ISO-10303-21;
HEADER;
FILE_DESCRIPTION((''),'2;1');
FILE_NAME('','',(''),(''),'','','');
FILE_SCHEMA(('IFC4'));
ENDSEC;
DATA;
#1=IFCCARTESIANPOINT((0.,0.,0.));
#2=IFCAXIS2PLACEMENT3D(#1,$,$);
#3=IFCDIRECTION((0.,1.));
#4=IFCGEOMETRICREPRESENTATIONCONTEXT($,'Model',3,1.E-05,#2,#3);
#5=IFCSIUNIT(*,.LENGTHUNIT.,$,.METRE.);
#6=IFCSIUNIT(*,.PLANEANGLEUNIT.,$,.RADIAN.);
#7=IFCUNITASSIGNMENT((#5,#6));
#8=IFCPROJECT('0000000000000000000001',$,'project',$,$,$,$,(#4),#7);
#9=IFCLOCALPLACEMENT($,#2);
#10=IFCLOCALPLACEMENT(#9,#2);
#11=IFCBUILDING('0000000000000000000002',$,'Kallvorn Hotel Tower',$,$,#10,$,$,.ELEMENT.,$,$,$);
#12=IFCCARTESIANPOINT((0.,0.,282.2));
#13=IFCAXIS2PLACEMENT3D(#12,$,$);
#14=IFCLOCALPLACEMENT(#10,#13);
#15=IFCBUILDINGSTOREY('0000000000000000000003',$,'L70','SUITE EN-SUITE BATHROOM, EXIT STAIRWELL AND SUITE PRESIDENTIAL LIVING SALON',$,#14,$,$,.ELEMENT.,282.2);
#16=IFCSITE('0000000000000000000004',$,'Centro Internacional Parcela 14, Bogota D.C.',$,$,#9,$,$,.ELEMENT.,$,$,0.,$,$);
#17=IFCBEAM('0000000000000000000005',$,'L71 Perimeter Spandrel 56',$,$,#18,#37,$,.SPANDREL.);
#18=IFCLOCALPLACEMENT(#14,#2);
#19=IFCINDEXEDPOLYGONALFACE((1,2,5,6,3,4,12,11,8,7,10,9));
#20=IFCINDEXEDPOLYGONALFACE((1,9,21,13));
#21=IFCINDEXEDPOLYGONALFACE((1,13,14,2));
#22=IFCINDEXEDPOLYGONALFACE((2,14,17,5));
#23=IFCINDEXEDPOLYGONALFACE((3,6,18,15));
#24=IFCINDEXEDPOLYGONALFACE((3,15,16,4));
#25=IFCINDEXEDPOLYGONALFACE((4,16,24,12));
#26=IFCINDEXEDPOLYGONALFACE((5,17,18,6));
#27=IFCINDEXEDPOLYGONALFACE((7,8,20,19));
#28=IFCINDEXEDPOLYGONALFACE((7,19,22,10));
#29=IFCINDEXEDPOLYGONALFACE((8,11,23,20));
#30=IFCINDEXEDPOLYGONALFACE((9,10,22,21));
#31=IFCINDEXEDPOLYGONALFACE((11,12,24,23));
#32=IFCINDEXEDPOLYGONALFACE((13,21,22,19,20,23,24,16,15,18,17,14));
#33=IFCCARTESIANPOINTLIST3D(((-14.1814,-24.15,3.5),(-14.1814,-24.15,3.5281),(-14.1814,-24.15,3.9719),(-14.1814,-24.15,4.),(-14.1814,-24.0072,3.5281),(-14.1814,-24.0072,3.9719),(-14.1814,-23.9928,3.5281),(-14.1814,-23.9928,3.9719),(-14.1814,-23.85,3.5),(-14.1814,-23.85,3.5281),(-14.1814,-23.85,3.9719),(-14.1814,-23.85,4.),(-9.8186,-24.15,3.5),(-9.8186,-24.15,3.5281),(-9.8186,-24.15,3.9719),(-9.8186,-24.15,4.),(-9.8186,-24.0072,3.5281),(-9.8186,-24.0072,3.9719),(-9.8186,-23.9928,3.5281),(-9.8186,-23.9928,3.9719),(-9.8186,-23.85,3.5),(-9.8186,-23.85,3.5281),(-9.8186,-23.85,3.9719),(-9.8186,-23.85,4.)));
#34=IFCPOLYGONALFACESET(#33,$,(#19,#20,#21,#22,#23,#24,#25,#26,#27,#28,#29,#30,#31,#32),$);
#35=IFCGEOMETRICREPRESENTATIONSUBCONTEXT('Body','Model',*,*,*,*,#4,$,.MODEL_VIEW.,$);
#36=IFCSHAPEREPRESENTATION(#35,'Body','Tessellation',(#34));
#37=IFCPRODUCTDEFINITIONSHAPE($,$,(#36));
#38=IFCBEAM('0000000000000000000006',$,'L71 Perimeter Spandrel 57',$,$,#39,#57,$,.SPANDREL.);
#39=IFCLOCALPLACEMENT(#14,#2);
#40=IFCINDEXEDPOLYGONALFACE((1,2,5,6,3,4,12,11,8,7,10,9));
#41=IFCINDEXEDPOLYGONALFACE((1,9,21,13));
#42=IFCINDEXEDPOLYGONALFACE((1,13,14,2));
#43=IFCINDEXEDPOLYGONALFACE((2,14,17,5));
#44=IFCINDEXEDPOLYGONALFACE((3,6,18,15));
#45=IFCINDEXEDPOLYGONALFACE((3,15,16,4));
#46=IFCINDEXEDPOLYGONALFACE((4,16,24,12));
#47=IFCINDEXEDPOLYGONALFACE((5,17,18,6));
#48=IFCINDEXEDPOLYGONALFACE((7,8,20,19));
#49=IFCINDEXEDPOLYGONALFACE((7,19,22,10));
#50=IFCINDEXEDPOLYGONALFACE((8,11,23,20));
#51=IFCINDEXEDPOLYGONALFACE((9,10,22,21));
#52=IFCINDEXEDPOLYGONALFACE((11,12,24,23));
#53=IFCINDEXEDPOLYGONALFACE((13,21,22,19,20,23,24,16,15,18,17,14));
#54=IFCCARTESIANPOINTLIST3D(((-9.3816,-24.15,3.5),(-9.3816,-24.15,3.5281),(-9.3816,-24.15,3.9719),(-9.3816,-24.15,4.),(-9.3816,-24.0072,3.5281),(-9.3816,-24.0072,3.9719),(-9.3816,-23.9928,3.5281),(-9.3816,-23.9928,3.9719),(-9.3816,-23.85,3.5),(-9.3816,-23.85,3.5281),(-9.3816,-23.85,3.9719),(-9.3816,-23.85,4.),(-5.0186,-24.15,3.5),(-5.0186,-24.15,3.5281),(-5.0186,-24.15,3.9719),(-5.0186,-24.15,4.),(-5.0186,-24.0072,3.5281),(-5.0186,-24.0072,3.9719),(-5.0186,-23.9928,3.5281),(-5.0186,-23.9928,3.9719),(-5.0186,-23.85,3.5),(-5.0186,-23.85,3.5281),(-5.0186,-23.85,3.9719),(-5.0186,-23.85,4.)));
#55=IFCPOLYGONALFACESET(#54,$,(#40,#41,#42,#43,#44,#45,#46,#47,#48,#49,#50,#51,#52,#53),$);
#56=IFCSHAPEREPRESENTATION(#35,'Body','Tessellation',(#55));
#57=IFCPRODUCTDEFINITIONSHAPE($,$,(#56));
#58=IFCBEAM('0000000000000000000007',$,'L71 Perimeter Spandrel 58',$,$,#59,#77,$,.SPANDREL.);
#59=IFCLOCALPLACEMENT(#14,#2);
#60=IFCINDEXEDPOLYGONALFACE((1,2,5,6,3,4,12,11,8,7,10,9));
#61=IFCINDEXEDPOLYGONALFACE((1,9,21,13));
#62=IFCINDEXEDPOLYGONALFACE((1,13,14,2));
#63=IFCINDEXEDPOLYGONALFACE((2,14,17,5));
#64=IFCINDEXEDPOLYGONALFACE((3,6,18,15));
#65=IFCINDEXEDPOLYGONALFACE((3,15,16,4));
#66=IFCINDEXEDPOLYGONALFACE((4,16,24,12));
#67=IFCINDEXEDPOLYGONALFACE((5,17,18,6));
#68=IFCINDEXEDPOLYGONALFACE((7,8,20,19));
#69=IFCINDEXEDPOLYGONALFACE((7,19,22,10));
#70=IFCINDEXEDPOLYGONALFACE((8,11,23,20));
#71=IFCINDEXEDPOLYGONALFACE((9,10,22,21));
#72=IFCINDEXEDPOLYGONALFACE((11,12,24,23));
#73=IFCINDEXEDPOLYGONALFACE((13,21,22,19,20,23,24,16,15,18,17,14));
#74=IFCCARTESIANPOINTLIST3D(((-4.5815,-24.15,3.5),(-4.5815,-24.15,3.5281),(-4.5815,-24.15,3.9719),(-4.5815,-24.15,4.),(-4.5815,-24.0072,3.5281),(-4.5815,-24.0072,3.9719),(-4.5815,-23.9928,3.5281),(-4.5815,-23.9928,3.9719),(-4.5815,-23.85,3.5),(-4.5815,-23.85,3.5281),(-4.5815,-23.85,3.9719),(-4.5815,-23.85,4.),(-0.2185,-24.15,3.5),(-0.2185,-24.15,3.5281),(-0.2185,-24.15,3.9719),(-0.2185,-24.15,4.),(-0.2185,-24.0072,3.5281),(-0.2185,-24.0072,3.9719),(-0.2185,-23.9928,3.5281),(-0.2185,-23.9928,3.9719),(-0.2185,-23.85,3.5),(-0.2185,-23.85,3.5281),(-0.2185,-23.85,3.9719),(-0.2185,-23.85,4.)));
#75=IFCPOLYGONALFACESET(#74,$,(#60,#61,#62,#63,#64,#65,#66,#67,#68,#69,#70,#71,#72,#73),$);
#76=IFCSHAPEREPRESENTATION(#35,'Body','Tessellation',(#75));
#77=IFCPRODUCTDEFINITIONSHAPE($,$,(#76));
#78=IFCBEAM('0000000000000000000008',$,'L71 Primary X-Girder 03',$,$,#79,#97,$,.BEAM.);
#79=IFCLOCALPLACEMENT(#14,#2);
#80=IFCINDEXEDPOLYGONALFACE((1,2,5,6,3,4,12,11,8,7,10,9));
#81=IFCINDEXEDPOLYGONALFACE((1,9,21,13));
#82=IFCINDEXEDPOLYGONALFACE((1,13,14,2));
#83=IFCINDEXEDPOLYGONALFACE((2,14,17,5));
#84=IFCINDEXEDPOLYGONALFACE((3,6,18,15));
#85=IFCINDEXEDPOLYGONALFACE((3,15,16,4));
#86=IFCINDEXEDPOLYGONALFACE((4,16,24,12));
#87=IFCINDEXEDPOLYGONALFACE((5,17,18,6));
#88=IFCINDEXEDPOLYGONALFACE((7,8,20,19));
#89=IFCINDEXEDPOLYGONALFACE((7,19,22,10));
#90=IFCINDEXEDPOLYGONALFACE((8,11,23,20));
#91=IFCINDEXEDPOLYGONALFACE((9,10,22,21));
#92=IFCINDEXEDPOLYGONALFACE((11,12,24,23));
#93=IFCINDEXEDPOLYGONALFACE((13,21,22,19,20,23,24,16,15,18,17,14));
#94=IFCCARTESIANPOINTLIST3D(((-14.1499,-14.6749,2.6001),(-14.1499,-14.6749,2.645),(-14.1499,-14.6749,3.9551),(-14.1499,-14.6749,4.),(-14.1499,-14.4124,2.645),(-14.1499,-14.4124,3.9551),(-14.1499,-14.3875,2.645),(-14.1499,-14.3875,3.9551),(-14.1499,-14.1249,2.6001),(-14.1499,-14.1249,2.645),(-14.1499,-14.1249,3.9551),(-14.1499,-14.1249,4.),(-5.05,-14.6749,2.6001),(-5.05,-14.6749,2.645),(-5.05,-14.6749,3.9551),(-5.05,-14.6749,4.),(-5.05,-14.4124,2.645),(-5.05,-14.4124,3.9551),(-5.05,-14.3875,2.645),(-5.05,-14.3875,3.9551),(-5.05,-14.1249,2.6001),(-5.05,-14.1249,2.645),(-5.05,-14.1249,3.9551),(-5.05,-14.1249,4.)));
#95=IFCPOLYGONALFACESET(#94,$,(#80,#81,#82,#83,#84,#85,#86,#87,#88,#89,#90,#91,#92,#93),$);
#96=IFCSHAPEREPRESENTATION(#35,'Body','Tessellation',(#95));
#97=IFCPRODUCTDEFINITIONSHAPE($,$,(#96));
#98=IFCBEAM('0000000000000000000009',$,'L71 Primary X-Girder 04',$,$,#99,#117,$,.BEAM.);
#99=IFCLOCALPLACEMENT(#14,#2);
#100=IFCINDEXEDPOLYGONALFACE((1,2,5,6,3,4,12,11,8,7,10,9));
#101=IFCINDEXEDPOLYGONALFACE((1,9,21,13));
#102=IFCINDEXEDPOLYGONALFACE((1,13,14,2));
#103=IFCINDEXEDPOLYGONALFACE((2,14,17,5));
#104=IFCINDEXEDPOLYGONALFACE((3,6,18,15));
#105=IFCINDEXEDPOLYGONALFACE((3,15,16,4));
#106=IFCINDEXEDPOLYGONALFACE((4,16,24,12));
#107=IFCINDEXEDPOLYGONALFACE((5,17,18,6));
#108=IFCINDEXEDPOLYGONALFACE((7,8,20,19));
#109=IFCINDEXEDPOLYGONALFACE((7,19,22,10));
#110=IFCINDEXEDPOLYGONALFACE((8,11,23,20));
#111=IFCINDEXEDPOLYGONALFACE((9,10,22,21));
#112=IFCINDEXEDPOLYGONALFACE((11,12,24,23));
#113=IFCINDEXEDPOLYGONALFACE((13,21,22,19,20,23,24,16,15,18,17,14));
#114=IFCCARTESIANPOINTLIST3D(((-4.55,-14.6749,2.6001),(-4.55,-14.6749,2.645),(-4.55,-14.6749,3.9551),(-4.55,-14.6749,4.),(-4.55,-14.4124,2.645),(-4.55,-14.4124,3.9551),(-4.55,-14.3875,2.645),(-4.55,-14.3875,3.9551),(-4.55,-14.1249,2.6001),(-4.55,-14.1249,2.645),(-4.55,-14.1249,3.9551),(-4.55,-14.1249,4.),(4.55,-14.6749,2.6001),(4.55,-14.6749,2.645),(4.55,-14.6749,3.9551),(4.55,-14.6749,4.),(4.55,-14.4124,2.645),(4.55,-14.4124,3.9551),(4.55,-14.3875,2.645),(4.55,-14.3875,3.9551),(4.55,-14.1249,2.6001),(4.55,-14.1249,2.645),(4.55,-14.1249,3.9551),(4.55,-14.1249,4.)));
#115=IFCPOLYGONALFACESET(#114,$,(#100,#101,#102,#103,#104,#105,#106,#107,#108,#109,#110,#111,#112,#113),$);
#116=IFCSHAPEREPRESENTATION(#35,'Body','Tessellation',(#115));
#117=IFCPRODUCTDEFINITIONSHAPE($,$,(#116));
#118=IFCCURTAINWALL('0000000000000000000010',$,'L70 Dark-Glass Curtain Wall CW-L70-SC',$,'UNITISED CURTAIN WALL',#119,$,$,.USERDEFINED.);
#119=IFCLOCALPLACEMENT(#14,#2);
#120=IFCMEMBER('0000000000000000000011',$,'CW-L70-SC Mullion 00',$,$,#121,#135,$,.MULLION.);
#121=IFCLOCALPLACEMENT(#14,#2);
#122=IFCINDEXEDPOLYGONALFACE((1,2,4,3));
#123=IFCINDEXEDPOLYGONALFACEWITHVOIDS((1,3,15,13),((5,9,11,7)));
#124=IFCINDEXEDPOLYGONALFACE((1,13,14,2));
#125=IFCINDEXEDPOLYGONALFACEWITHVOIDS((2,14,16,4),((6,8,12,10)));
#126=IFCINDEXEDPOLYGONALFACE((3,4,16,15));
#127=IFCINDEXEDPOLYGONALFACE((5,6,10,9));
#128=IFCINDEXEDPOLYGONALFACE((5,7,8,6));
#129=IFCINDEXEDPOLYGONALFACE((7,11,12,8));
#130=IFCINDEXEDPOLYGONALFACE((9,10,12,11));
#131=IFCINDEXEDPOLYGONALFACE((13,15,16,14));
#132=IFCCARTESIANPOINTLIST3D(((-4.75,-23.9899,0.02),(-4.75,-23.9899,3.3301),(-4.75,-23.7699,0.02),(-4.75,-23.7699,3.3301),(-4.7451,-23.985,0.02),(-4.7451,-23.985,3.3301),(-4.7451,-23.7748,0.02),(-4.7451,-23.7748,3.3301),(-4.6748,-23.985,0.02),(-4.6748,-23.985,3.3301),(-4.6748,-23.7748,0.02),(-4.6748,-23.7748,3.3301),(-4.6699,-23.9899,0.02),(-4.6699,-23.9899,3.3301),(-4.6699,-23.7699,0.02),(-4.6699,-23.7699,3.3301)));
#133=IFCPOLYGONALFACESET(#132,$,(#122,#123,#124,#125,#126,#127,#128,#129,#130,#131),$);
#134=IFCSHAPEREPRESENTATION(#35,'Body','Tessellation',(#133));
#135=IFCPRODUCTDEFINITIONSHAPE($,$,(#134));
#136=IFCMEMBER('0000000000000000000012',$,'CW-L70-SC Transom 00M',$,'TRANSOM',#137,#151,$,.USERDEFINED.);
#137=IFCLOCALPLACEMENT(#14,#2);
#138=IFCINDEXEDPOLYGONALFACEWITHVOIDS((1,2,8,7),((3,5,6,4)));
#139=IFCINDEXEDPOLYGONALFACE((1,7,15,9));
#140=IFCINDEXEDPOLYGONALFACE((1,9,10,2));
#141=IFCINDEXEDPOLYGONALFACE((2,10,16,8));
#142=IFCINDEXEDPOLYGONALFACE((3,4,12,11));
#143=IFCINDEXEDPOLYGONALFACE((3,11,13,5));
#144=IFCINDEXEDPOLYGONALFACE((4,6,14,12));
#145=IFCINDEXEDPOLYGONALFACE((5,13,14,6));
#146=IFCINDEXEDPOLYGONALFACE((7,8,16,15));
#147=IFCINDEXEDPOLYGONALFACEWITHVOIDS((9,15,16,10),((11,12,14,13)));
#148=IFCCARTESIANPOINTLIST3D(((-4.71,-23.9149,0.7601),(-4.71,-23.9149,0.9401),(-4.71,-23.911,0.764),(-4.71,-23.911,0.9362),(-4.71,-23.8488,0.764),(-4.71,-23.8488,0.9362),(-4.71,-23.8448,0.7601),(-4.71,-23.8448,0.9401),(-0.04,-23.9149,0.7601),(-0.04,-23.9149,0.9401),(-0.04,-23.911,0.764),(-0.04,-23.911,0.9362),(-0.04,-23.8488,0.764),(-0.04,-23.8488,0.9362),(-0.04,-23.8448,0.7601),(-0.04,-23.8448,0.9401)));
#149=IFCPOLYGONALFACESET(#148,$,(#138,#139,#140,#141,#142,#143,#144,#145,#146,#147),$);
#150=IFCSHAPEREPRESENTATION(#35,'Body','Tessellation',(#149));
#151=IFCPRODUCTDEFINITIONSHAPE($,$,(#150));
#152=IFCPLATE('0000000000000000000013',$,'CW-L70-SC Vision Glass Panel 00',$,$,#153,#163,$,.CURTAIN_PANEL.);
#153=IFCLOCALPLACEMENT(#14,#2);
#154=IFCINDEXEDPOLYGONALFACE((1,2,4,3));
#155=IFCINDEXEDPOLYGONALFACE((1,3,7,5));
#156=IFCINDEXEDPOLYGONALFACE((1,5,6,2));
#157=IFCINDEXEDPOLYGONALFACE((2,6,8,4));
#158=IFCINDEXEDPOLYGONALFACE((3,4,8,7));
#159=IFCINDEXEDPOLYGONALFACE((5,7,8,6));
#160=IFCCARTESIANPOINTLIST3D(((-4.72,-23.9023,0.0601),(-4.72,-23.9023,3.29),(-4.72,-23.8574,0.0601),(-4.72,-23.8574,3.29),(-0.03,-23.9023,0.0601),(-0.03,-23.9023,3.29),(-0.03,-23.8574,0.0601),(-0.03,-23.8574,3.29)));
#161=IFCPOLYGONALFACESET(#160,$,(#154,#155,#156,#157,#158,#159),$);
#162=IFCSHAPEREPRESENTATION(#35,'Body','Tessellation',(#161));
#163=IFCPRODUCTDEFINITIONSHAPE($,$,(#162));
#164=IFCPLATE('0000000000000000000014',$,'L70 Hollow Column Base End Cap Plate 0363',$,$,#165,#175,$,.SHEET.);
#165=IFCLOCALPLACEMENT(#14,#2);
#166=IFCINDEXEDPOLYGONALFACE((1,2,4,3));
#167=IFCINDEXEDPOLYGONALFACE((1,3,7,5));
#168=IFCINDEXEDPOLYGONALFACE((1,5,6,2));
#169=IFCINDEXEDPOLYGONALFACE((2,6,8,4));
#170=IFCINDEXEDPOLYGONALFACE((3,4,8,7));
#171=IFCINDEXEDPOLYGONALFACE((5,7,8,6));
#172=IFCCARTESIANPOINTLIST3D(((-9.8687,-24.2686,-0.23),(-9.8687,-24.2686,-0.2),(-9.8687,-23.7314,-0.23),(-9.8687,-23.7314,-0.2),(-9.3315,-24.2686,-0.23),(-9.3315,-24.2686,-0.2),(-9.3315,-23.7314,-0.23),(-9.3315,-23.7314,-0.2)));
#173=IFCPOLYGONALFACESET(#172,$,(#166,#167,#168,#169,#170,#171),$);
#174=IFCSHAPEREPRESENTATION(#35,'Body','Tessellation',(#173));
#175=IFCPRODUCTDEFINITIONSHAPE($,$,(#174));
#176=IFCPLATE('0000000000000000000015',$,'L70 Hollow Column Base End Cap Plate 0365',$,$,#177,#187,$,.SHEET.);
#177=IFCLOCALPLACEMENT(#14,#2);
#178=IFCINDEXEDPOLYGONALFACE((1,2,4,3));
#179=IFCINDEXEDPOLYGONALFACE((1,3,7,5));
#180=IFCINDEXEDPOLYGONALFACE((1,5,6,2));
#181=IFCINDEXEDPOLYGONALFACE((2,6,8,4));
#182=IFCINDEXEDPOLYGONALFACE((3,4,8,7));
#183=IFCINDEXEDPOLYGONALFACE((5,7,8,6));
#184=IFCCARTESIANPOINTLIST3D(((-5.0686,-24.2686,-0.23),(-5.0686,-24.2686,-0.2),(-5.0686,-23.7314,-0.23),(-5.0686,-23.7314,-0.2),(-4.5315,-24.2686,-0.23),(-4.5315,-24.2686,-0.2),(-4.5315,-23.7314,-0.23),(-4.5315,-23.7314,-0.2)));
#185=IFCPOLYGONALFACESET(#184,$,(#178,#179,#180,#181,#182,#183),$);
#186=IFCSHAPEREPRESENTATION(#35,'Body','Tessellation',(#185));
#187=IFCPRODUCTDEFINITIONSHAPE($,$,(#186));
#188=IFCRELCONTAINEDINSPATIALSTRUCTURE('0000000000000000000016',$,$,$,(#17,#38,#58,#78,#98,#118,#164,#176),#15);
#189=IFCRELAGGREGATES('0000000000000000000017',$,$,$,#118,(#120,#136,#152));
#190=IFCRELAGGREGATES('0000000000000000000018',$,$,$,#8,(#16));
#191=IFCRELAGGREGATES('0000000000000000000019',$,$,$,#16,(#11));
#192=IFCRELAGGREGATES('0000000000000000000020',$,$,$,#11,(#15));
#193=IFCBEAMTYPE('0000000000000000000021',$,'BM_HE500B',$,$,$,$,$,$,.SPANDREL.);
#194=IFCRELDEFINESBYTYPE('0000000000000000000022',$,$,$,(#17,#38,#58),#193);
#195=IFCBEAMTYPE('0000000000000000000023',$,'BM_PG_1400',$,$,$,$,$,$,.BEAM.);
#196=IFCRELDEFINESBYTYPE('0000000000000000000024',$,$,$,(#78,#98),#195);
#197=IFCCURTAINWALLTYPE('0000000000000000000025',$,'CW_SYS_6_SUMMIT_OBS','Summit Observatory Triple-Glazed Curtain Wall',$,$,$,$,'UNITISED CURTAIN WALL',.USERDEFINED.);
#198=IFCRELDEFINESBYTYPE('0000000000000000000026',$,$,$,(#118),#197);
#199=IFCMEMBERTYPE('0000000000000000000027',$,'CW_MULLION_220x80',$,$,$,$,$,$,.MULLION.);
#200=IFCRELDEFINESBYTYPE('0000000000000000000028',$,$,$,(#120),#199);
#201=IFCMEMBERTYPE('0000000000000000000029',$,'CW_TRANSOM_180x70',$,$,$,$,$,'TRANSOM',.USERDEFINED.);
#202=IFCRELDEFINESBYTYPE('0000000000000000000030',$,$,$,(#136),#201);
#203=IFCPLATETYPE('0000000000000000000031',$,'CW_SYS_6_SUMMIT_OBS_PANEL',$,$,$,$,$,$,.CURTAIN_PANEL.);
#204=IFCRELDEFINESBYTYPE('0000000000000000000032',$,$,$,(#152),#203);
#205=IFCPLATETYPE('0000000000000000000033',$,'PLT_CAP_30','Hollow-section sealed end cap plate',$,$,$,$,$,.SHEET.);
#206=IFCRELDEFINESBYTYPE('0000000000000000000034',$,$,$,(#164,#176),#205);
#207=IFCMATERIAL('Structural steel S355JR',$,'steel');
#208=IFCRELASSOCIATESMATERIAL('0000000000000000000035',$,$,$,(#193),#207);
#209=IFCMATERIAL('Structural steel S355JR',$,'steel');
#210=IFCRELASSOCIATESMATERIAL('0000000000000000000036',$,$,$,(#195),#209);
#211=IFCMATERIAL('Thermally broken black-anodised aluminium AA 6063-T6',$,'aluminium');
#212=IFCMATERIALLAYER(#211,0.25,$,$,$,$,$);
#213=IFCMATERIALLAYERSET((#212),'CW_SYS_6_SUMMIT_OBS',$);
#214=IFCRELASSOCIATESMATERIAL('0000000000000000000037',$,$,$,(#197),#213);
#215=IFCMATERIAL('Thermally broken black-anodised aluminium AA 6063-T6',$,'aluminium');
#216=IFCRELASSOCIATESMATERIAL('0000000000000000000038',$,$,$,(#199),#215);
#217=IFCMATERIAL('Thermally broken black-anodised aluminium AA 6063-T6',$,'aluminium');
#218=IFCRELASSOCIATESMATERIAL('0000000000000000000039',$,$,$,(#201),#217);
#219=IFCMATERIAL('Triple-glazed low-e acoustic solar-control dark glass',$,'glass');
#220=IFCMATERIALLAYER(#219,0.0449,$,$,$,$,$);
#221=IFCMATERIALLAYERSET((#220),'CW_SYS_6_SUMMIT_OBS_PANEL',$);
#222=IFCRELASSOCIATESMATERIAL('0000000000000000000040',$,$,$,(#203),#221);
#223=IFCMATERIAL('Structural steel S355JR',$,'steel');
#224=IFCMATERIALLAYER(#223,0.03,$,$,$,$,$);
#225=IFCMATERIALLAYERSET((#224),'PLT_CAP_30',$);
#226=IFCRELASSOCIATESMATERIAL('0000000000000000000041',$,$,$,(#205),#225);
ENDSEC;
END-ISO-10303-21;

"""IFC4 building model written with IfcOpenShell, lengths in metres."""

from ifc_helpers import new_model, si_unit, direction, frame, origin, origin_2d, place, context, subcontext, project, spatial, rectangle, hollow_rectangle, i_section, extrude, material, layer, layer_set, material_profile, profile_set, type_object, element, aggregate, save


model = new_model("IFC4")

# Units and contexts
model_context = context("Model", 3, precision=1e-05, world=origin(), true_north=direction((0.0, 1.0)))
body_context = subcontext(model_context, "Body", "Model", "MODEL_VIEW")
ifc_project = project(units=[si_unit("LENGTHUNIT", "METRE"), si_unit("PLANEANGLEUNIT", "RADIAN")], contexts=[model_context])

# Site, building, storey
site_placement = place(None, origin())
site = spatial("IfcSite", under=ifc_project, at=site_placement, Name="Centro Internacional Parcela 14, Bogota D.C.", CompositionType="ELEMENT", RefElevation=0.0)
building_placement = place(site_placement, origin())
building = spatial("IfcBuilding", under=site, at=building_placement, Name="Kallvorn Hotel Tower", CompositionType="ELEMENT")
storey_placement = place(building_placement, frame((0.0, 0.0, 282.2)))
storey = spatial("IfcBuildingStorey", under=building, at=storey_placement, Name="L70", Description="SUITE EN-SUITE BATHROOM, EXIT STAIRWELL AND SUITE PRESIDENTIAL LIVING SALON", CompositionType="ELEMENT", Elevation=282.2)

# Beams
ifc_material_1 = material(Name="Structural steel S355JR", Category="steel")
ifc_material_profile_1 = material_profile(ifc_material_1, i_section(OverallWidth=0.3, OverallDepth=0.5, WebThickness=0.0144, FlangeThickness=0.0281, at=origin_2d()), Name="HE 500 B")
ifc_profile_set_1 = profile_set([ifc_material_profile_1], Name="Structural steel S355JR")
beam_type_1 = type_object("IfcBeamType", Name="BM_HE500B", PredefinedType="SPANDREL", material=ifc_profile_set_1)
beam_1_placement = place(storey_placement, frame((-14.1814, -24.0, 3.75), z_axis=(1.0, 0.0, 0.0), x_axis=(0.0, 1.0, 0.0)))
element("IfcBeam", 1, at=beam_1_placement, inside=storey, type_object=beam_type_1, Name="L71 Perimeter Spandrel 56", PredefinedType="SPANDREL", context=body_context, shape_type="SweptSolid", body=[
    extrude(i_section(OverallWidth=0.3, OverallDepth=0.5, WebThickness=0.0144, FlangeThickness=0.0281, at=origin_2d()), origin(), (0.0, 0.0, 1.0), 4.3628),
])
for number, where, z_axis, x_axis, name in (
    (2, (-9.3816, -24.0, 3.75), (1.0, 0.0, 0.0), (0.0, 1.0, 0.0), "L71 Perimeter Spandrel 57"),
    (3, (-4.5815, -24.0, 3.75), (1.0, 0.0, 0.0), (0.0, 1.0, 0.0), "L71 Perimeter Spandrel 58"),
):
    element("IfcBeam", number, at=place(storey_placement, frame(where, z_axis=z_axis, x_axis=x_axis)), inside=storey, type_object=beam_type_1, Name=name, PredefinedType="SPANDREL", context=body_context, shape_type="SweptSolid", body=[
        extrude(i_section(OverallWidth=0.3, OverallDepth=0.5, WebThickness=0.0144, FlangeThickness=0.0281, at=origin_2d()), origin(), (0.0, 0.0, 1.0), 4.363),
    ])
ifc_material_2 = material(Name="Structural steel S355JR", Category="steel")
ifc_material_profile_2 = material_profile(ifc_material_2, i_section(OverallWidth=0.55, OverallDepth=1.3999, WebThickness=0.0249, FlangeThickness=0.0449, at=origin_2d()), Name="PG 1400x550x25x45")
ifc_profile_set_2 = profile_set([ifc_material_profile_2], Name="Structural steel S355JR")
beam_type_2 = type_object("IfcBeamType", Name="BM_PG_1400", PredefinedType="BEAM", material=ifc_profile_set_2)
beam_2_placement = place(storey_placement, frame((-14.1499, -14.3999, 3.3), z_axis=(1.0, 0.0, 0.0), x_axis=(0.0, 1.0, 0.0)))
element("IfcBeam", 4, at=beam_2_placement, inside=storey, type_object=beam_type_2, Name="L71 Primary X-Girder 03", PredefinedType="BEAM", context=body_context, shape_type="SweptSolid", body=[
    extrude(i_section(OverallWidth=0.55, OverallDepth=1.3999, WebThickness=0.0249, FlangeThickness=0.0449, at=origin_2d()), origin(), (0.0, 0.0, 1.0), 9.0999),
])
beam_3_placement = place(storey_placement, frame((-4.55, -14.3999, 3.3), z_axis=(1.0, 0.0, 0.0), x_axis=(0.0, 1.0, 0.0)))
element("IfcBeam", 5, at=beam_3_placement, inside=storey, type_object=beam_type_2, Name="L71 Primary X-Girder 04", PredefinedType="BEAM", context=body_context, shape_type="SweptSolid", body=[
    extrude(i_section(OverallWidth=0.55, OverallDepth=1.3999, WebThickness=0.0249, FlangeThickness=0.0449, at=origin_2d()), origin(), (0.0, 0.0, 1.0), 9.1001),
])

# Curtain wall, members, plate
ifc_material_3 = material(Name="Thermally broken black-anodised aluminium AA 6063-T6", Category="aluminium")
ifc_layer_1 = layer(ifc_material_3, 0.25)
ifc_layer_set_1 = layer_set([ifc_layer_1], Name="CW_SYS_6_SUMMIT_OBS")
curtain_wall_type = type_object("IfcCurtainWallType", Name="CW_SYS_6_SUMMIT_OBS", Description="Summit Observatory Triple-Glazed Curtain Wall", ElementType="UNITISED CURTAIN WALL", PredefinedType="USERDEFINED", material=ifc_layer_set_1)
curtain_wall_placement = place(storey_placement, origin())
curtain_wall = element("IfcCurtainWall", 6, at=curtain_wall_placement, inside=storey, type_object=curtain_wall_type, Name="L70 Dark-Glass Curtain Wall CW-L70-SC", ObjectType="UNITISED CURTAIN WALL", PredefinedType="USERDEFINED")
ifc_material_4 = material(Name="Thermally broken black-anodised aluminium AA 6063-T6", Category="aluminium")
ifc_material_profile_3 = material_profile(ifc_material_4, hollow_rectangle(XDim=0.0801, YDim=0.22, WallThickness=0.0049, at=origin_2d()), Name="MUL 220x80")
ifc_profile_set_3 = profile_set([ifc_material_profile_3], Name="Thermally broken black-anodised aluminium AA 6063-T6")
member_type_1 = type_object("IfcMemberType", Name="CW_MULLION_220x80", PredefinedType="MULLION", material=ifc_profile_set_3)
member_1_placement = place(storey_placement, frame((-4.71, -23.8799, 0.02), z_axis=(0.0, 0.0, 1.0), x_axis=(1.0, 0.0, 0.0)))
member_1 = element("IfcMember", 7, at=member_1_placement, type_object=member_type_1, Name="CW-L70-SC Mullion 00", PredefinedType="MULLION", context=body_context, shape_type="SweptSolid", body=[
    extrude(hollow_rectangle(XDim=0.0801, YDim=0.22, WallThickness=0.0049, at=origin_2d()), origin(), (0.0, 0.0, 1.0), 3.3101),
])
ifc_material_5 = material(Name="Thermally broken black-anodised aluminium AA 6063-T6", Category="aluminium")
ifc_material_profile_4 = material_profile(ifc_material_5, hollow_rectangle(XDim=0.0701, YDim=0.1799, WallThickness=0.0039, at=origin_2d()), Name="TRN 180x70")
ifc_profile_set_4 = profile_set([ifc_material_profile_4], Name="Thermally broken black-anodised aluminium AA 6063-T6")
member_type_2 = type_object("IfcMemberType", Name="CW_TRANSOM_180x70", ElementType="TRANSOM", PredefinedType="USERDEFINED", material=ifc_profile_set_4)
member_2_placement = place(storey_placement, frame((-4.71, -23.8799, 0.8501), z_axis=(1.0, 0.0, 0.0), x_axis=(0.0, 1.0, 0.0)))
member_2 = element("IfcMember", 8, at=member_2_placement, type_object=member_type_2, Name="CW-L70-SC Transom 00M", ObjectType="TRANSOM", PredefinedType="USERDEFINED", context=body_context, shape_type="SweptSolid", body=[
    extrude(hollow_rectangle(XDim=0.0701, YDim=0.1799, WallThickness=0.0039, at=origin_2d()), origin(), (0.0, 0.0, 1.0), 4.6699),
])
ifc_material_6 = material(Name="Triple-glazed low-e acoustic solar-control dark glass", Category="glass")
ifc_layer_2 = layer(ifc_material_6, 0.0449)
ifc_layer_set_2 = layer_set([ifc_layer_2], Name="CW_SYS_6_SUMMIT_OBS_PANEL")
plate_type_1 = type_object("IfcPlateType", Name="CW_SYS_6_SUMMIT_OBS_PANEL", PredefinedType="CURTAIN_PANEL", material=ifc_layer_set_2)
plate_placement = place(storey_placement, frame((-2.375, -23.8799, 0.0601), z_axis=(0.0, 0.0, 1.0), x_axis=(1.0, 0.0, 0.0)))
plate = element("IfcPlate", 9, at=plate_placement, type_object=plate_type_1, Name="CW-L70-SC Vision Glass Panel 00", PredefinedType="CURTAIN_PANEL", context=body_context, shape_type="SweptSolid", body=[
    extrude(rectangle(XDim=4.6899, YDim=0.0449, at=origin_2d()), origin(), (0.0, 0.0, 1.0), 3.23),
])
aggregate(curtain_wall, [member_1, member_2, plate])

# Plates
ifc_material_7 = material(Name="Structural steel S355JR", Category="steel")
ifc_layer_3 = layer(ifc_material_7, 0.03)
ifc_layer_set_3 = layer_set([ifc_layer_3], Name="PLT_CAP_30")
plate_type_2 = type_object("IfcPlateType", Name="PLT_CAP_30", Description="Hollow-section sealed end cap plate", PredefinedType="SHEET", material=ifc_layer_set_3)
for number, where, z_axis, x_axis, name in (
    (10, (-9.6001, -24.0, -0.23), (0.0, 0.0, 1.0), (1.0, 0.0, 0.0), "L70 Hollow Column Base End Cap Plate 0363"),
    (11, (-4.8, -24.0, -0.23), (0.0, 0.0, 1.0), (1.0, 0.0, 0.0), "L70 Hollow Column Base End Cap Plate 0365"),
):
    element("IfcPlate", number, at=place(storey_placement, frame(where, z_axis=z_axis, x_axis=x_axis)), inside=storey, type_object=plate_type_2, Name=name, PredefinedType="SHEET", context=body_context, shape_type="SweptSolid", body=[
        extrude(rectangle(XDim=0.5371, YDim=0.5371, at=origin_2d()), origin(), (0.0, 0.0, 1.0), 0.03),
    ])

save(model, "model.ifc")
